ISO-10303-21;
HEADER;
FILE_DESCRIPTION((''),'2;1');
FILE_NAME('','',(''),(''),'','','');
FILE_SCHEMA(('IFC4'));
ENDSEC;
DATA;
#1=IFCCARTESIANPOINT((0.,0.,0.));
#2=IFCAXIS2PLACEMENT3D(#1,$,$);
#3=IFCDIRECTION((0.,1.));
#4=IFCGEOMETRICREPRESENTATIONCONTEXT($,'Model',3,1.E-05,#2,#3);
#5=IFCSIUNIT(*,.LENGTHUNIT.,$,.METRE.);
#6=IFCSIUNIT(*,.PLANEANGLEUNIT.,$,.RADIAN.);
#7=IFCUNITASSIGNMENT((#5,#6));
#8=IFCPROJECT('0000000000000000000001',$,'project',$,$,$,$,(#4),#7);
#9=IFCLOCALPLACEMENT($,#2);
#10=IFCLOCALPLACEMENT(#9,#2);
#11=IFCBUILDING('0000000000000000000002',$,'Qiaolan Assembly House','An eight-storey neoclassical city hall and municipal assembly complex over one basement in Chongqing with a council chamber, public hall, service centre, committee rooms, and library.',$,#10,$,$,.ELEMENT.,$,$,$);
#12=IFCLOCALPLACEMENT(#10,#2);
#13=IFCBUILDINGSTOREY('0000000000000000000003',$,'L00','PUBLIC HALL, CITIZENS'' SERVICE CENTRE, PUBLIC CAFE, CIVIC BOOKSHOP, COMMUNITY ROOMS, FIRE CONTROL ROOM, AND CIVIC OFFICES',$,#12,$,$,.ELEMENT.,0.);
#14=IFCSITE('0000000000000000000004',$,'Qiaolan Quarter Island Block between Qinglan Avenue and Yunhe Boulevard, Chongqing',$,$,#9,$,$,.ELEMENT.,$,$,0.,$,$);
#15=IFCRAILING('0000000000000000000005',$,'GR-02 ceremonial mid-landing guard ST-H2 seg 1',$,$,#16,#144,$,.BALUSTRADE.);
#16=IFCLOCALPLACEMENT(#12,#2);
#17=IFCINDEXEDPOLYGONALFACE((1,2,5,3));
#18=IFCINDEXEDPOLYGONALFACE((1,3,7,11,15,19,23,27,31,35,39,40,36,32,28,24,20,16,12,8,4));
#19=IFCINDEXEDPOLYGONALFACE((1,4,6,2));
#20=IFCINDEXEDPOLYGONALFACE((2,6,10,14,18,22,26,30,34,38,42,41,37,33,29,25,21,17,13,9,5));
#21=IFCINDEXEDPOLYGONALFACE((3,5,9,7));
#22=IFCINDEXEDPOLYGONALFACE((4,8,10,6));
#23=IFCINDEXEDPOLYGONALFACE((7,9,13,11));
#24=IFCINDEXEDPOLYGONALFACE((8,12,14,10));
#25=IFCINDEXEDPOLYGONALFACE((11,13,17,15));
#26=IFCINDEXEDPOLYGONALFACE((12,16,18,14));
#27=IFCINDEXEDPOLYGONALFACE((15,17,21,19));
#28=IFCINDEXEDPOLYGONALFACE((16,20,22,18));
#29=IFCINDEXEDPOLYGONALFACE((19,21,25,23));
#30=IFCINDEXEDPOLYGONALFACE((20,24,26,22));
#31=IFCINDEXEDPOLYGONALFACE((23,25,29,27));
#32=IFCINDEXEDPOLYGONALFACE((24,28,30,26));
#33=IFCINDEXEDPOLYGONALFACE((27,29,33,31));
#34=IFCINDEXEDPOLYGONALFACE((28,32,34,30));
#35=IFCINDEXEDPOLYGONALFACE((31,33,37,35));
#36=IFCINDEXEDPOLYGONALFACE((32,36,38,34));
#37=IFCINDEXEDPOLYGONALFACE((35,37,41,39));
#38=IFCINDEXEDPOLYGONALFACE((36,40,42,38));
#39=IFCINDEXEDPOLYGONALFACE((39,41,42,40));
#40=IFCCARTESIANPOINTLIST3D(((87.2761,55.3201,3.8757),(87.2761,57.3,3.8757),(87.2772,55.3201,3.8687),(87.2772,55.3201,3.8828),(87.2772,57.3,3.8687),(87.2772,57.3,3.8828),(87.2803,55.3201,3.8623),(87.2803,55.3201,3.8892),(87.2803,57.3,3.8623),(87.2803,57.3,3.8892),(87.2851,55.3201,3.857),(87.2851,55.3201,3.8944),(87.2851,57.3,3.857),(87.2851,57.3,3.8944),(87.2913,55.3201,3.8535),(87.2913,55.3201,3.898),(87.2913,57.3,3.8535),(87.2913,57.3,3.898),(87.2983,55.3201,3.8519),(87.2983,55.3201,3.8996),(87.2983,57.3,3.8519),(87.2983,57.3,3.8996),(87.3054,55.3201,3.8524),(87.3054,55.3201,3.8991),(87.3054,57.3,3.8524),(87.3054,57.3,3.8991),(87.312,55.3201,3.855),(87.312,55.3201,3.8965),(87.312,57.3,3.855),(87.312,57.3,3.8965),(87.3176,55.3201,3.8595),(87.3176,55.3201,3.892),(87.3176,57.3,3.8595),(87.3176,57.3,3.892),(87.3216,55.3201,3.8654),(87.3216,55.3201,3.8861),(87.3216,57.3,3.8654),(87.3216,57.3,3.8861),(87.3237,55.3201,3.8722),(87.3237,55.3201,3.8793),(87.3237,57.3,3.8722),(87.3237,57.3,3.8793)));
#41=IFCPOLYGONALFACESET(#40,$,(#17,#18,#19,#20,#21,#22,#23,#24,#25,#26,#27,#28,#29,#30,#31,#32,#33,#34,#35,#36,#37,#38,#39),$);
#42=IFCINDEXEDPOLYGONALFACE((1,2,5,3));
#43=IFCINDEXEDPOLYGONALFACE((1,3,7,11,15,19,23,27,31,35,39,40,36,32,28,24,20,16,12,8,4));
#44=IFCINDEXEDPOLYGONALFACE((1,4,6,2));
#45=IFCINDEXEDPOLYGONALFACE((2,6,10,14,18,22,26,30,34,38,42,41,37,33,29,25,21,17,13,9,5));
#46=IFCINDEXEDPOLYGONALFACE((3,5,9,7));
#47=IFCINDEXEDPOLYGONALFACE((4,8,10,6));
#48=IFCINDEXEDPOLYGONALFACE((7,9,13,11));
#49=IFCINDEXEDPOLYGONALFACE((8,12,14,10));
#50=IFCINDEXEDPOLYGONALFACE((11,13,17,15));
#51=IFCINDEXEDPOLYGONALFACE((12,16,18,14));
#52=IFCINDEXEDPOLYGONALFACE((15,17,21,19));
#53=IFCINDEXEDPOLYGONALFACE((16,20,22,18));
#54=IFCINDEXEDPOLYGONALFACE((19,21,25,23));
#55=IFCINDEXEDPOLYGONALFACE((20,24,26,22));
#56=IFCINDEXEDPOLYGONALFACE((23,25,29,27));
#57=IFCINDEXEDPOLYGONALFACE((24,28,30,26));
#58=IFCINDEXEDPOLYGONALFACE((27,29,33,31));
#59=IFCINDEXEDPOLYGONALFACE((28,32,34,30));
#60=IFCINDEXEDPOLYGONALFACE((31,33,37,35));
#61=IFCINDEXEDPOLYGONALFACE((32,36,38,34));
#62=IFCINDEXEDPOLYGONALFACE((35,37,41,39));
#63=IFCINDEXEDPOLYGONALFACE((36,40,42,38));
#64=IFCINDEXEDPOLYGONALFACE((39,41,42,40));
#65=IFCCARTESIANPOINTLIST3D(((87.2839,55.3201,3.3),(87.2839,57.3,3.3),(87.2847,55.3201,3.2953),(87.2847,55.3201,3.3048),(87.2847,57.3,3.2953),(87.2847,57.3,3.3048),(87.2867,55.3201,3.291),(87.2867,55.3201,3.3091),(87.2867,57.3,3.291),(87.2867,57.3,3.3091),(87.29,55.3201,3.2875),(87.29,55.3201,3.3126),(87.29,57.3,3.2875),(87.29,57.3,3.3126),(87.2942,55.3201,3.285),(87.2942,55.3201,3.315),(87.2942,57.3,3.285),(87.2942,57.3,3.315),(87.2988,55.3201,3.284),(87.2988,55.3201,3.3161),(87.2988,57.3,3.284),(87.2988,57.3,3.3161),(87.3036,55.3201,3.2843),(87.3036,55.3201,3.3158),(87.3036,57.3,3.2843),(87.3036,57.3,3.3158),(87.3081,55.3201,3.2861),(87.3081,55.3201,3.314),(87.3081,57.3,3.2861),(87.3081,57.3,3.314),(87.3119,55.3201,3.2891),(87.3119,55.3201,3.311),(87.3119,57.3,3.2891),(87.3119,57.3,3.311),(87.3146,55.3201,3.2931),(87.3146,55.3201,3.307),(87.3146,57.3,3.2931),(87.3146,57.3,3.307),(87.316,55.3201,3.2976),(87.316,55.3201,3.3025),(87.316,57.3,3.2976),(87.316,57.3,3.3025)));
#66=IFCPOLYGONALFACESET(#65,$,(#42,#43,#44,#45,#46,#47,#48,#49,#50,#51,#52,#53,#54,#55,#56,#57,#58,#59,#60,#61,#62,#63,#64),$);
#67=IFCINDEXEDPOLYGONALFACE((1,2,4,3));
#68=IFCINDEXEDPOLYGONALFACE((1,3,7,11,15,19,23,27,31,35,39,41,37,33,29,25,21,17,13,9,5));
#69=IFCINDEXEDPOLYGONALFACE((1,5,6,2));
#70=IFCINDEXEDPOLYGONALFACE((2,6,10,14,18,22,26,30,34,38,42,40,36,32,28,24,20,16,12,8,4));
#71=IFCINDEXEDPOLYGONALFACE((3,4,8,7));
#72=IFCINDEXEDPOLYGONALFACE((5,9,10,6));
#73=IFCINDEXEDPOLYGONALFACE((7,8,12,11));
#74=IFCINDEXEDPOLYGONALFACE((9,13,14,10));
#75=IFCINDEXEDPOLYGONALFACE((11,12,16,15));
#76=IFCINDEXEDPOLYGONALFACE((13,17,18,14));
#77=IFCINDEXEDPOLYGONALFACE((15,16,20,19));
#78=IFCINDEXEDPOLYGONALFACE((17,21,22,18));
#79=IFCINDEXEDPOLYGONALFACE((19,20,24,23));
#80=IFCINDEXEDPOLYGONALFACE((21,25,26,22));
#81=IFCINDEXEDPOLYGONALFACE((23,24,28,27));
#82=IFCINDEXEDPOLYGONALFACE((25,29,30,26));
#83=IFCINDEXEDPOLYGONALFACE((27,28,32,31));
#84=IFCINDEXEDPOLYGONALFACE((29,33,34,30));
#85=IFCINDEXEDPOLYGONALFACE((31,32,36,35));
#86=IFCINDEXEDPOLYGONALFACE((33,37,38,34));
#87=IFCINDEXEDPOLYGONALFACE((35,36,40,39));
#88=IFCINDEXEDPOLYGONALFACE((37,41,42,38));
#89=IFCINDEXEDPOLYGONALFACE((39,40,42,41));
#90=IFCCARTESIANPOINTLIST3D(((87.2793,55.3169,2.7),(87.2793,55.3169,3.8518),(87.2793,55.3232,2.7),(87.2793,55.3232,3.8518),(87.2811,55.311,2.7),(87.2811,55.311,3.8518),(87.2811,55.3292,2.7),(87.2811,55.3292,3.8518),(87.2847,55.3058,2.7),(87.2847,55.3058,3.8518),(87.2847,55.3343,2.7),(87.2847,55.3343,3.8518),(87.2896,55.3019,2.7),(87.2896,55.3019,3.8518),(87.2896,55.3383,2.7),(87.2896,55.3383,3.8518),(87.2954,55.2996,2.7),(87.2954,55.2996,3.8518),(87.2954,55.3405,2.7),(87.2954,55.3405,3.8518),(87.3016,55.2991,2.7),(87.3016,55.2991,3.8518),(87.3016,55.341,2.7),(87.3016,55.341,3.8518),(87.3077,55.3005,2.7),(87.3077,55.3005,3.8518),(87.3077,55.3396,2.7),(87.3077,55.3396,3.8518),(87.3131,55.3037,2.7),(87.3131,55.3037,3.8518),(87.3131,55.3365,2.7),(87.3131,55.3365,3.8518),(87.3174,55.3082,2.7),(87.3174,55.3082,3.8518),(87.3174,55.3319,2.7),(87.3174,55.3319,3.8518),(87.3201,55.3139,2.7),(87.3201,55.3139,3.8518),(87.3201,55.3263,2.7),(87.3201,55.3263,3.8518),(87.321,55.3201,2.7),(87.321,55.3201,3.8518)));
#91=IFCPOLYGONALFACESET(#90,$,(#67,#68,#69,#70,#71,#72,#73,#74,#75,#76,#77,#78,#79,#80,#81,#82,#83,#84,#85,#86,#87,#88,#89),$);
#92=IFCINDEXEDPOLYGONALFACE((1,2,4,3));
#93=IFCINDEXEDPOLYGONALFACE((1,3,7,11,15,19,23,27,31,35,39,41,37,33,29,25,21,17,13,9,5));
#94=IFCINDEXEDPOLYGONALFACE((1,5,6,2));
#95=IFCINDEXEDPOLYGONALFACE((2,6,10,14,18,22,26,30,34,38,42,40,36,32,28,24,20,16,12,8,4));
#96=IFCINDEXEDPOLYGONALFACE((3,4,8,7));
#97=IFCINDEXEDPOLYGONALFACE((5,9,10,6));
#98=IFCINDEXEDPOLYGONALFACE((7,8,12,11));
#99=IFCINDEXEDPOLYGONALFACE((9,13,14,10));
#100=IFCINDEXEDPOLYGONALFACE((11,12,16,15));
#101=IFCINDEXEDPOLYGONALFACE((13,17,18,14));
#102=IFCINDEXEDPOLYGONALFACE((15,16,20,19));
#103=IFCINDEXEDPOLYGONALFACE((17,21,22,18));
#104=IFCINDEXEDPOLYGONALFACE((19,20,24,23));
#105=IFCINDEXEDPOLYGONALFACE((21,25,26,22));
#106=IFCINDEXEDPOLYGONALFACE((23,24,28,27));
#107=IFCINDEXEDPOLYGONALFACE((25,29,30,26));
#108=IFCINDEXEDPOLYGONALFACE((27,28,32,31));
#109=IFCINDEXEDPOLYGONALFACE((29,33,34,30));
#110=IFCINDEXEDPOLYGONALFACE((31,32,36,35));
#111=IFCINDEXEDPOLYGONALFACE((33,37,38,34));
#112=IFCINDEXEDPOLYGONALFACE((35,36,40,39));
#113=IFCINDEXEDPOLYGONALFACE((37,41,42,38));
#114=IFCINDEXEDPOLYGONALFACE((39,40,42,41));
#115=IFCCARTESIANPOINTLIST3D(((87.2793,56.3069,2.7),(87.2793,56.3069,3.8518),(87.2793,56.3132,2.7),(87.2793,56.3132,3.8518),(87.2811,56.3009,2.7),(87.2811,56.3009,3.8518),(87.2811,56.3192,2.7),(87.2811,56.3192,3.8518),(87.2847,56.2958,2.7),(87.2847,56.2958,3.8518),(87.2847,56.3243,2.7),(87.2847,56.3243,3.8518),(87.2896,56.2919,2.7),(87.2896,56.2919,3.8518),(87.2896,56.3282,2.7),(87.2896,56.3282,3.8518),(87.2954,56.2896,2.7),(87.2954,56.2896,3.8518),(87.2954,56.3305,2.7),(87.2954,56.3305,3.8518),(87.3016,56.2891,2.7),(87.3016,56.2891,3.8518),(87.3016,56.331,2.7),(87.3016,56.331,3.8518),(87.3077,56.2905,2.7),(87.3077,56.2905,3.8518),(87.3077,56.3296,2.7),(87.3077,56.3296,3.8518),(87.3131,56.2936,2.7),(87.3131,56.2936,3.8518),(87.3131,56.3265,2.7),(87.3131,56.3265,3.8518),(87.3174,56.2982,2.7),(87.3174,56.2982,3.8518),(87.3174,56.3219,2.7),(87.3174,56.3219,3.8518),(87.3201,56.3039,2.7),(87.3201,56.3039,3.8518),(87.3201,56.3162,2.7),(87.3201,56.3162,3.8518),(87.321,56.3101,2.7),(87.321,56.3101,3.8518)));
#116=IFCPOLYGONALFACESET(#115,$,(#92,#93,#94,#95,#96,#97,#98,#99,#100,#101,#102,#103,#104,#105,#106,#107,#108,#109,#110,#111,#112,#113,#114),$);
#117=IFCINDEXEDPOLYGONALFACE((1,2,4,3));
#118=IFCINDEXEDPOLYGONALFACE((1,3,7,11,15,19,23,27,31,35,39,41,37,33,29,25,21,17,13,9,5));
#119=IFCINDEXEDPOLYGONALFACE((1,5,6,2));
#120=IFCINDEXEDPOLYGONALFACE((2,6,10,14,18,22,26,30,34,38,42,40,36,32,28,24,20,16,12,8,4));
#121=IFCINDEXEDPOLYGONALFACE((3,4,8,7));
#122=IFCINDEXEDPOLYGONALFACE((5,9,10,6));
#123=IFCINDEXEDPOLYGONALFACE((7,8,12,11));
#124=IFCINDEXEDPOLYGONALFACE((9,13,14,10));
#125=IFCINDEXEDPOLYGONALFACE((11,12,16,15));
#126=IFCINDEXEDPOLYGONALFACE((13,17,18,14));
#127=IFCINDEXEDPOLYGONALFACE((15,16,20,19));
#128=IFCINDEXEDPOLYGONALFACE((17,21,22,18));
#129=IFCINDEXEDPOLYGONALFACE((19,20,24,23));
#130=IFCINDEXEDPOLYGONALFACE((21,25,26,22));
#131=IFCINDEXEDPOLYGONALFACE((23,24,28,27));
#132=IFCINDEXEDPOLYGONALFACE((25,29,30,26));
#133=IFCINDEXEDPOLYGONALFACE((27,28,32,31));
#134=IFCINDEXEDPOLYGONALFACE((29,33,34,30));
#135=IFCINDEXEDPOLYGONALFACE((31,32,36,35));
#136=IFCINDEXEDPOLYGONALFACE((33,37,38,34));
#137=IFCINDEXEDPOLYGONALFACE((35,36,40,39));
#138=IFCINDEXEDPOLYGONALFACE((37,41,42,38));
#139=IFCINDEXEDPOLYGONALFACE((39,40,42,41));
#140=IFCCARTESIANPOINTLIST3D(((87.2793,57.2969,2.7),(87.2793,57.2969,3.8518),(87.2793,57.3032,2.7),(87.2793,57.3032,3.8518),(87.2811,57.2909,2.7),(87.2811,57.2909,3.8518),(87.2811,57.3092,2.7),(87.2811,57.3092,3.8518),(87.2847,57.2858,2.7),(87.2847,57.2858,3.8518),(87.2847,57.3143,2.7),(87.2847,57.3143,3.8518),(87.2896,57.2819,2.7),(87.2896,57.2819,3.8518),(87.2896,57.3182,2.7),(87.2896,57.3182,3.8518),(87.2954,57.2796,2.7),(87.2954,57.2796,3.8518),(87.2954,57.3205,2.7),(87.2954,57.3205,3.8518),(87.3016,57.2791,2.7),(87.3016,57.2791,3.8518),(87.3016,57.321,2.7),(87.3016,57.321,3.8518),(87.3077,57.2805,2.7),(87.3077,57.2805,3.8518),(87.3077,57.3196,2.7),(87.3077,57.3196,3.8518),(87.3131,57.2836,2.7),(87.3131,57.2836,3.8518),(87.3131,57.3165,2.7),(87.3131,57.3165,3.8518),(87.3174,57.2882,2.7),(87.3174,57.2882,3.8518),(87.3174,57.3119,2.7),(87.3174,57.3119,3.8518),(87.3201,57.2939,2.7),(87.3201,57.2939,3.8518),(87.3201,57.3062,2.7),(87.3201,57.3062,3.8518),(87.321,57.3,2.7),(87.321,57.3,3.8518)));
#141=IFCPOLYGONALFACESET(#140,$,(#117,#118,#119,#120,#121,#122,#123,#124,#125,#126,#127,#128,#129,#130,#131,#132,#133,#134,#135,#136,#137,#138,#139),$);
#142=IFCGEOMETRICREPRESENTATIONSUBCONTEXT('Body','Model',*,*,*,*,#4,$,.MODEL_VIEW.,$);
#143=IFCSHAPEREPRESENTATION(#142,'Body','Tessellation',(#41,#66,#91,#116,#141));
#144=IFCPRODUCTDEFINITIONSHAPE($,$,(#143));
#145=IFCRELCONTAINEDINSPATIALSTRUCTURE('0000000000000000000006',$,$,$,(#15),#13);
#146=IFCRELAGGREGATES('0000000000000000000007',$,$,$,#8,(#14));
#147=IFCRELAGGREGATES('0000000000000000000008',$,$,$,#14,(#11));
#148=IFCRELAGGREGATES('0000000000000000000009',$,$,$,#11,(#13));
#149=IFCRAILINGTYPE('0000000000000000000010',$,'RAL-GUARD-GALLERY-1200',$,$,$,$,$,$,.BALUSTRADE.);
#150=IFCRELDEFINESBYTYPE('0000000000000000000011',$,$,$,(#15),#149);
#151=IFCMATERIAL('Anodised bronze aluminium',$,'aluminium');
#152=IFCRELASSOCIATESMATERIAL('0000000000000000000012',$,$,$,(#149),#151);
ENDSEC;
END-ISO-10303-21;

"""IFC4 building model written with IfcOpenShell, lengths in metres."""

from ifc_helpers import new_model, si_unit, direction, frame, origin, origin_2d, place, context, subcontext, project, spatial, circle, extrude, material, type_object, element, save


model = new_model("IFC4")

# Units and contexts
model_context = context("Model", 3, precision=1e-05, world=origin(), true_north=direction((0.0, 1.0)))
body_context = subcontext(model_context, "Body", "Model", "MODEL_VIEW")
ifc_project = project(units=[si_unit("LENGTHUNIT", "METRE"), si_unit("PLANEANGLEUNIT", "RADIAN")], contexts=[model_context])

# Site, building, storey
site_placement = place(None, origin())
site = spatial("IfcSite", under=ifc_project, at=site_placement, Name="Qiaolan Quarter Island Block between Qinglan Avenue and Yunhe Boulevard, Chongqing", CompositionType="ELEMENT", RefElevation=0.0)
building_placement = place(site_placement, origin())
building = spatial("IfcBuilding", under=site, at=building_placement, Name="Qiaolan Assembly House", Description="An eight-storey neoclassical city hall and municipal assembly complex over one basement in Chongqing with a council chamber, public hall, service centre, committee rooms, and library.", CompositionType="ELEMENT")
storey_placement = place(building_placement, origin())
storey = spatial("IfcBuildingStorey", under=building, at=storey_placement, Name="L00", Description="PUBLIC HALL, CITIZENS' SERVICE CENTRE, PUBLIC CAFE, CIVIC BOOKSHOP, COMMUNITY ROOMS, FIRE CONTROL ROOM, AND CIVIC OFFICES", CompositionType="ELEMENT", Elevation=0.0)

# Railing
ifc_material_1 = material(Name="Anodised bronze aluminium", Category="aluminium")
railing_type = type_object("IfcRailingType", Name="RAL-GUARD-GALLERY-1200", PredefinedType="BALUSTRADE", material=ifc_material_1)
railing_1_placement = place(storey_placement, frame((87.3, 55.3201, 2.7)))
element("IfcRailing", 1, at=railing_1_placement, inside=storey, type_object=railing_type, Name="GR-02 ceremonial mid-landing guard ST-H2 seg 1", PredefinedType="BALUSTRADE", context=body_context, shape_type="SweptSolid", body=[
    extrude(circle(Radius=0.0239, at=origin_2d()), frame((0.0, 0.0, 1.1758), z_axis=(0.0, 1.0, 0.0), x_axis=(-1.0, 0.0, 0.0)), (0.0, 0.0, 1.0), 1.98),
    extrude(circle(Radius=0.0161, at=origin_2d()), frame((0.0, 0.0, 0.6001), z_axis=(0.0, 1.0, 0.0), x_axis=(-1.0, 0.0, 0.0)), (0.0, 0.0, 1.0), 1.98),
    extrude(circle(Radius=0.021, at=origin_2d()), origin(), (0.0, 0.0, 1.0), 1.1519),
    extrude(circle(Radius=0.021, at=origin_2d()), frame((0.0, 0.99, 0.0)), (0.0, 0.0, 1.0), 1.1519),
    extrude(circle(Radius=0.021, at=origin_2d()), frame((0.0, 1.98, 0.0)), (0.0, 0.0, 1.0), 1.1519),
])

save(model, "model.ifc")
